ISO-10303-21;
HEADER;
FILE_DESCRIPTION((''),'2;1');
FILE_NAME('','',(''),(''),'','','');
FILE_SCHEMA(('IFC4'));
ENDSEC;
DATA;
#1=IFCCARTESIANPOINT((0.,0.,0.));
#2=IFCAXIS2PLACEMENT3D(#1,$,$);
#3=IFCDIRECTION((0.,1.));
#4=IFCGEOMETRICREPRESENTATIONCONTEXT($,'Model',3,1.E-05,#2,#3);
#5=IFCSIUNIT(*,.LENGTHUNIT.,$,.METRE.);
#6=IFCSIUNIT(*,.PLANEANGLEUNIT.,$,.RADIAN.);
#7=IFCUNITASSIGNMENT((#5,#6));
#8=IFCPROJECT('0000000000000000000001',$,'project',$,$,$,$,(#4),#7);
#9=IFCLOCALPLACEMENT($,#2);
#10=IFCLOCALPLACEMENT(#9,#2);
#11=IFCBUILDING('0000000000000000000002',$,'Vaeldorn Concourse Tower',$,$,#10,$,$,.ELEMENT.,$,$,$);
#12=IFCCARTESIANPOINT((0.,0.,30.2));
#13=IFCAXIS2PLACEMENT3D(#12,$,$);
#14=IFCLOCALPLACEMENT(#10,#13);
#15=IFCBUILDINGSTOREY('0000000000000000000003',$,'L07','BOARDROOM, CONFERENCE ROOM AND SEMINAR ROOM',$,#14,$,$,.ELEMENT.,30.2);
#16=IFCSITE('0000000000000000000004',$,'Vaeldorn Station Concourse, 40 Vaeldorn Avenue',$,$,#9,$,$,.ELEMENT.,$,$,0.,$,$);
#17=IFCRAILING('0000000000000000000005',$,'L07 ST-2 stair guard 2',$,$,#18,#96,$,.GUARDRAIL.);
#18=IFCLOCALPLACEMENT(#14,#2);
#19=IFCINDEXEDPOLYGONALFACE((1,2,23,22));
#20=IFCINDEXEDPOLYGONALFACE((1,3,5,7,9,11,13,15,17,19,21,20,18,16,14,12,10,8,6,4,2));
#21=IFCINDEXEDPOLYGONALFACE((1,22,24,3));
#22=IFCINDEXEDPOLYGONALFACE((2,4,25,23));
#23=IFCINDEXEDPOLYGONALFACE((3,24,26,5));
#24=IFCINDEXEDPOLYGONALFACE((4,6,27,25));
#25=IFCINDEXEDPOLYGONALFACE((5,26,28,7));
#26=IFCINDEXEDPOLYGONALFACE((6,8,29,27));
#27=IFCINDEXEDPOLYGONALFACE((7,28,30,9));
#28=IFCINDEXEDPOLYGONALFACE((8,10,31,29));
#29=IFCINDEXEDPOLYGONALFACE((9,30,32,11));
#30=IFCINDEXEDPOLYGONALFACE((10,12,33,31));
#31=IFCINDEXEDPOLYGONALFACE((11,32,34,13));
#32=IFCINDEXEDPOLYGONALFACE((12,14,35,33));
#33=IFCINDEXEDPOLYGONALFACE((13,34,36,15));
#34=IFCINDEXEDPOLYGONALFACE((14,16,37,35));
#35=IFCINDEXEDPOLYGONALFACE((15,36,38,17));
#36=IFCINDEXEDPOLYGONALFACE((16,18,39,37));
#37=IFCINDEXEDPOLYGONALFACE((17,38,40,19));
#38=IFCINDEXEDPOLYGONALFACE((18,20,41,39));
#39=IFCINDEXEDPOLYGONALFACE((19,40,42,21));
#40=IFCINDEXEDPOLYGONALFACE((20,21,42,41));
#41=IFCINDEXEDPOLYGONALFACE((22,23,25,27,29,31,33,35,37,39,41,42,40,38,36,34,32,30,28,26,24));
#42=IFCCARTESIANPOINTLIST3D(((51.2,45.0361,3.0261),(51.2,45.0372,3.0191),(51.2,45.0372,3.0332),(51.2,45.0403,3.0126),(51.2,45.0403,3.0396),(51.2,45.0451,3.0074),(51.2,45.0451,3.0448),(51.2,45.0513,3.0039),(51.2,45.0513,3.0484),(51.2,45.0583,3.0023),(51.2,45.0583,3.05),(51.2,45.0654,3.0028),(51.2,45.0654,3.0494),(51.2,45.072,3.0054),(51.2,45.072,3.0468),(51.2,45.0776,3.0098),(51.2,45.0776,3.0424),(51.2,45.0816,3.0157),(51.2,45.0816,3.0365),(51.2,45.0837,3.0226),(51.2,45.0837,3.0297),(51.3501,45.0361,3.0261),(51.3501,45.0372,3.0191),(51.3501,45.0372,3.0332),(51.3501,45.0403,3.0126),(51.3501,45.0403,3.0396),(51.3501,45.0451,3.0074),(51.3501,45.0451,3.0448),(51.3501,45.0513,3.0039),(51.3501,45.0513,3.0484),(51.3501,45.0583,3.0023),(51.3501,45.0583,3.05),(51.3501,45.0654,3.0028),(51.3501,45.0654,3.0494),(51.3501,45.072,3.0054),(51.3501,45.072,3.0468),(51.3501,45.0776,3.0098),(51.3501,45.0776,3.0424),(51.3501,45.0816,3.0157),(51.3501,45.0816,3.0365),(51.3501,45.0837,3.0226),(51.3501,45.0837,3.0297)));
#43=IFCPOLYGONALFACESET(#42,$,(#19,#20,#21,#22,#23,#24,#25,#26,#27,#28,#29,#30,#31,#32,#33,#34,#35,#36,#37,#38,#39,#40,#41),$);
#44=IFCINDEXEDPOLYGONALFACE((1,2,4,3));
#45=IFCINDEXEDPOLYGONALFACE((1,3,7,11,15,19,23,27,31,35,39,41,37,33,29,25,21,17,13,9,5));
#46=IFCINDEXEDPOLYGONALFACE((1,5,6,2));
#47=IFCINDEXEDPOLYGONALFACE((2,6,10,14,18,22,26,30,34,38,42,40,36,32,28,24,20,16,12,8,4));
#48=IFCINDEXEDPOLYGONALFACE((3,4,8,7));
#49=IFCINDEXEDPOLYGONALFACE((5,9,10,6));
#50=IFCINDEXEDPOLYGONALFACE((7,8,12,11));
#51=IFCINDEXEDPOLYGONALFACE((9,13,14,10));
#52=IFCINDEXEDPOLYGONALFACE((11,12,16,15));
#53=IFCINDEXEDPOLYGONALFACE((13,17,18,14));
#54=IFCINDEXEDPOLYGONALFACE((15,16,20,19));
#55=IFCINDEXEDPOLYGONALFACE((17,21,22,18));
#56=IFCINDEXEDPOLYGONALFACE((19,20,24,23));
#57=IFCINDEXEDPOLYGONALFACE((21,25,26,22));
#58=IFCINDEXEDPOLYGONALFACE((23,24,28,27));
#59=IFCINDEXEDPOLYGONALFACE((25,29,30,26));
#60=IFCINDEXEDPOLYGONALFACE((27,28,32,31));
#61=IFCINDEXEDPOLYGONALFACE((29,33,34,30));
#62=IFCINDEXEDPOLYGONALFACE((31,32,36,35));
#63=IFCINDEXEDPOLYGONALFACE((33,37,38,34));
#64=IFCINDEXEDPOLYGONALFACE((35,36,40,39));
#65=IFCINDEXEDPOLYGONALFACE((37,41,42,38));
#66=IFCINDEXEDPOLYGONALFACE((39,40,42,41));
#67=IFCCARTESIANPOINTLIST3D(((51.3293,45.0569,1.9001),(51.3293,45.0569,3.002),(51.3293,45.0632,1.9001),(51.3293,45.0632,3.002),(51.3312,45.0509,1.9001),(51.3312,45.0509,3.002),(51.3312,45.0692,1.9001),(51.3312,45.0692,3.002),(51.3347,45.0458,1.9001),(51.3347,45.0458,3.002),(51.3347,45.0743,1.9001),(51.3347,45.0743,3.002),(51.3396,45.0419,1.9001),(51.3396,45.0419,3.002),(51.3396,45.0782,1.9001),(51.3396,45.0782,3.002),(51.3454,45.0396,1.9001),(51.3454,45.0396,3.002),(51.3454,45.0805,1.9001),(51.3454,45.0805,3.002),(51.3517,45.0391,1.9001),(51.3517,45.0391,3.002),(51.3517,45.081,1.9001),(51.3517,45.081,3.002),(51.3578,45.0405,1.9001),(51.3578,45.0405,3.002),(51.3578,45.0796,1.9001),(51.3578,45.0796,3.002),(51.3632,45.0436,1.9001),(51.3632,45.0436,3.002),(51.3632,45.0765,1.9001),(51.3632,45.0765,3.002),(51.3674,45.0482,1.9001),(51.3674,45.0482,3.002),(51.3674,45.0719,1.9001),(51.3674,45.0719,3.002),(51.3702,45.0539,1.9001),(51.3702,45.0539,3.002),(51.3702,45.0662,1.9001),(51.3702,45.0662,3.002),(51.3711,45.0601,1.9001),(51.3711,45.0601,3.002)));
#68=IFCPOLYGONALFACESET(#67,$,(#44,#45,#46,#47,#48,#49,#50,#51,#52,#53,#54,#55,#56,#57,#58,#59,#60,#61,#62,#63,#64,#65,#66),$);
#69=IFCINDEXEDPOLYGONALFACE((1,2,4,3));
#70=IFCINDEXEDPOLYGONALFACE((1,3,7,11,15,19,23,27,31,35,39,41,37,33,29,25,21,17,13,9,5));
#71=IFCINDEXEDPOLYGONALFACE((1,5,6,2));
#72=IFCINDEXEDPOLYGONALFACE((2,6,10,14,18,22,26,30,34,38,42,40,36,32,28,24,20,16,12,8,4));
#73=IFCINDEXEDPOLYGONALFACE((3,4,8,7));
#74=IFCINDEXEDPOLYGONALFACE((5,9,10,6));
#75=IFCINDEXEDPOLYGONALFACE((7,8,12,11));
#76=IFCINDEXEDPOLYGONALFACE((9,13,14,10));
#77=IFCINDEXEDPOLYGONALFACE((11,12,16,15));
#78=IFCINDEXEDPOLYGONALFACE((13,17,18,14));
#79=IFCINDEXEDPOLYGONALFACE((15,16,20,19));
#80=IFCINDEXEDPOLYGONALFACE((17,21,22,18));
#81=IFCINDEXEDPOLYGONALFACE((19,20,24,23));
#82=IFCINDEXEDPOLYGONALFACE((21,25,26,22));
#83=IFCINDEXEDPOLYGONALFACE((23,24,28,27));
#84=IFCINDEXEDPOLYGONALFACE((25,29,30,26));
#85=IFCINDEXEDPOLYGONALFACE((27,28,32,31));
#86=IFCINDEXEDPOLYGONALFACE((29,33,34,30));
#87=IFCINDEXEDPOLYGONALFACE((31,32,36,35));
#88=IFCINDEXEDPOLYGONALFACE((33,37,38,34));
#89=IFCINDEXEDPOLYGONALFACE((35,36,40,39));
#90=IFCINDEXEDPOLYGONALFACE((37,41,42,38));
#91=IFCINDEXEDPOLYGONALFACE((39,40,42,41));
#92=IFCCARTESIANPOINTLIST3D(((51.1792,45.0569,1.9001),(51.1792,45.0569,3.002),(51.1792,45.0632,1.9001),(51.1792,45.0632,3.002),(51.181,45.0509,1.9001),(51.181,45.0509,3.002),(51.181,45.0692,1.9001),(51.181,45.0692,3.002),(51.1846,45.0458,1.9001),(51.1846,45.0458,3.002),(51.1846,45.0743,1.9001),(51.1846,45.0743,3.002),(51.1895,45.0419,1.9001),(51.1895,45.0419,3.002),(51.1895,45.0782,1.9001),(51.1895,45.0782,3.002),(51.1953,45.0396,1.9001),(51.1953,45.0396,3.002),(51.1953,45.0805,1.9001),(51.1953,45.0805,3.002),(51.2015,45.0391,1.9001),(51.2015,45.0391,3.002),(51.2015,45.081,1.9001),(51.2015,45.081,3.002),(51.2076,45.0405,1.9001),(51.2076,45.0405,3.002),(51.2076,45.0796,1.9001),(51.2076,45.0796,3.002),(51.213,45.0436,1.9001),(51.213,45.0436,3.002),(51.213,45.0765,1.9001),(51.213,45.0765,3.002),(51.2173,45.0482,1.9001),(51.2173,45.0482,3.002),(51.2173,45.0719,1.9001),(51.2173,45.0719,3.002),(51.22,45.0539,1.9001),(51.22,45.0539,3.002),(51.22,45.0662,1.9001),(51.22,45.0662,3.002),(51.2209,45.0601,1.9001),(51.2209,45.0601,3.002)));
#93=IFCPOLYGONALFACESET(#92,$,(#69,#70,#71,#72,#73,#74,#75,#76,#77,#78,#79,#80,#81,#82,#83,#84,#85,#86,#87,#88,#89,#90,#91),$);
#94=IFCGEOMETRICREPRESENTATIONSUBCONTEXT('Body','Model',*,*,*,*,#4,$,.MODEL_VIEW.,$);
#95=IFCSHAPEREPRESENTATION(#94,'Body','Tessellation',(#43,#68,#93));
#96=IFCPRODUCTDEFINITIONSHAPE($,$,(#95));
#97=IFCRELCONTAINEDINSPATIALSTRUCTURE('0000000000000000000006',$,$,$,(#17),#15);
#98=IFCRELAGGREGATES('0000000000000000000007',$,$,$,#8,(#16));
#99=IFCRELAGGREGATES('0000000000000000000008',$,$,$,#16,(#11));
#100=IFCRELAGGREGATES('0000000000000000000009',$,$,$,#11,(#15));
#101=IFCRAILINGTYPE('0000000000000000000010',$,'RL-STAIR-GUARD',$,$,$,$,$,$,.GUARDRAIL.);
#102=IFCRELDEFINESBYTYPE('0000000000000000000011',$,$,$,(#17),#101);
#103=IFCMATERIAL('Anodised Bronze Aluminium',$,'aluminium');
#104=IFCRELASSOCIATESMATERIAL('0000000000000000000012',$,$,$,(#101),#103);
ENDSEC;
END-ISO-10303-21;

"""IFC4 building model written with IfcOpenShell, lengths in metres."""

from ifc_helpers import new_model, si_unit, direction, frame, origin, origin_2d, place, context, subcontext, project, spatial, circle, extrude, material, type_object, element, save


model = new_model("IFC4")

# Units and contexts
model_context = context("Model", 3, precision=1e-05, world=origin(), true_north=direction((0.0, 1.0)))
body_context = subcontext(model_context, "Body", "Model", "MODEL_VIEW")
ifc_project = project(units=[si_unit("LENGTHUNIT", "METRE"), si_unit("PLANEANGLEUNIT", "RADIAN")], contexts=[model_context])

# Site, building, storey
site_placement = place(None, origin())
site = spatial("IfcSite", under=ifc_project, at=site_placement, Name="Vaeldorn Station Concourse, 40 Vaeldorn Avenue", CompositionType="ELEMENT", RefElevation=0.0)
building_placement = place(site_placement, origin())
building = spatial("IfcBuilding", under=site, at=building_placement, Name="Vaeldorn Concourse Tower", CompositionType="ELEMENT")
storey_placement = place(building_placement, frame((0.0, 0.0, 30.2)))
storey = spatial("IfcBuildingStorey", under=building, at=storey_placement, Name="L07", Description="BOARDROOM, CONFERENCE ROOM AND SEMINAR ROOM", CompositionType="ELEMENT", Elevation=30.2)

# Shared definitions
ifc_material_1 = material(Name="Anodised Bronze Aluminium", Category="aluminium")

# Railing
railing_type_1 = type_object("IfcRailingType", Name="RL-STAIR-GUARD", PredefinedType="GUARDRAIL", material=ifc_material_1)
railing_1_placement = place(storey_placement, frame((51.3501, 45.0601, 1.9001)))
element("IfcRailing", 1, at=railing_1_placement, inside=storey, type_object=railing_type_1, Name="L07 ST-2 stair guard 2", PredefinedType="GUARDRAIL", context=body_context, shape_type="SweptSolid", body=[
    extrude(circle(Radius=0.0239, at=origin_2d()), frame((0.0, 0.0, 1.126), z_axis=(-1.0, 0.0, 0.0), x_axis=(0.0, -1.0, 0.0)), (0.0, 0.0, 1.0), 0.1501),
    extrude(circle(Radius=0.021, at=origin_2d()), origin(), (0.0, 0.0, 1.0), 1.1018),
    extrude(circle(Radius=0.021, at=origin_2d()), frame((-0.1501, 0.0, 0.0)), (0.0, 0.0, 1.0), 1.1018),
])

save(model, "model.ifc")
